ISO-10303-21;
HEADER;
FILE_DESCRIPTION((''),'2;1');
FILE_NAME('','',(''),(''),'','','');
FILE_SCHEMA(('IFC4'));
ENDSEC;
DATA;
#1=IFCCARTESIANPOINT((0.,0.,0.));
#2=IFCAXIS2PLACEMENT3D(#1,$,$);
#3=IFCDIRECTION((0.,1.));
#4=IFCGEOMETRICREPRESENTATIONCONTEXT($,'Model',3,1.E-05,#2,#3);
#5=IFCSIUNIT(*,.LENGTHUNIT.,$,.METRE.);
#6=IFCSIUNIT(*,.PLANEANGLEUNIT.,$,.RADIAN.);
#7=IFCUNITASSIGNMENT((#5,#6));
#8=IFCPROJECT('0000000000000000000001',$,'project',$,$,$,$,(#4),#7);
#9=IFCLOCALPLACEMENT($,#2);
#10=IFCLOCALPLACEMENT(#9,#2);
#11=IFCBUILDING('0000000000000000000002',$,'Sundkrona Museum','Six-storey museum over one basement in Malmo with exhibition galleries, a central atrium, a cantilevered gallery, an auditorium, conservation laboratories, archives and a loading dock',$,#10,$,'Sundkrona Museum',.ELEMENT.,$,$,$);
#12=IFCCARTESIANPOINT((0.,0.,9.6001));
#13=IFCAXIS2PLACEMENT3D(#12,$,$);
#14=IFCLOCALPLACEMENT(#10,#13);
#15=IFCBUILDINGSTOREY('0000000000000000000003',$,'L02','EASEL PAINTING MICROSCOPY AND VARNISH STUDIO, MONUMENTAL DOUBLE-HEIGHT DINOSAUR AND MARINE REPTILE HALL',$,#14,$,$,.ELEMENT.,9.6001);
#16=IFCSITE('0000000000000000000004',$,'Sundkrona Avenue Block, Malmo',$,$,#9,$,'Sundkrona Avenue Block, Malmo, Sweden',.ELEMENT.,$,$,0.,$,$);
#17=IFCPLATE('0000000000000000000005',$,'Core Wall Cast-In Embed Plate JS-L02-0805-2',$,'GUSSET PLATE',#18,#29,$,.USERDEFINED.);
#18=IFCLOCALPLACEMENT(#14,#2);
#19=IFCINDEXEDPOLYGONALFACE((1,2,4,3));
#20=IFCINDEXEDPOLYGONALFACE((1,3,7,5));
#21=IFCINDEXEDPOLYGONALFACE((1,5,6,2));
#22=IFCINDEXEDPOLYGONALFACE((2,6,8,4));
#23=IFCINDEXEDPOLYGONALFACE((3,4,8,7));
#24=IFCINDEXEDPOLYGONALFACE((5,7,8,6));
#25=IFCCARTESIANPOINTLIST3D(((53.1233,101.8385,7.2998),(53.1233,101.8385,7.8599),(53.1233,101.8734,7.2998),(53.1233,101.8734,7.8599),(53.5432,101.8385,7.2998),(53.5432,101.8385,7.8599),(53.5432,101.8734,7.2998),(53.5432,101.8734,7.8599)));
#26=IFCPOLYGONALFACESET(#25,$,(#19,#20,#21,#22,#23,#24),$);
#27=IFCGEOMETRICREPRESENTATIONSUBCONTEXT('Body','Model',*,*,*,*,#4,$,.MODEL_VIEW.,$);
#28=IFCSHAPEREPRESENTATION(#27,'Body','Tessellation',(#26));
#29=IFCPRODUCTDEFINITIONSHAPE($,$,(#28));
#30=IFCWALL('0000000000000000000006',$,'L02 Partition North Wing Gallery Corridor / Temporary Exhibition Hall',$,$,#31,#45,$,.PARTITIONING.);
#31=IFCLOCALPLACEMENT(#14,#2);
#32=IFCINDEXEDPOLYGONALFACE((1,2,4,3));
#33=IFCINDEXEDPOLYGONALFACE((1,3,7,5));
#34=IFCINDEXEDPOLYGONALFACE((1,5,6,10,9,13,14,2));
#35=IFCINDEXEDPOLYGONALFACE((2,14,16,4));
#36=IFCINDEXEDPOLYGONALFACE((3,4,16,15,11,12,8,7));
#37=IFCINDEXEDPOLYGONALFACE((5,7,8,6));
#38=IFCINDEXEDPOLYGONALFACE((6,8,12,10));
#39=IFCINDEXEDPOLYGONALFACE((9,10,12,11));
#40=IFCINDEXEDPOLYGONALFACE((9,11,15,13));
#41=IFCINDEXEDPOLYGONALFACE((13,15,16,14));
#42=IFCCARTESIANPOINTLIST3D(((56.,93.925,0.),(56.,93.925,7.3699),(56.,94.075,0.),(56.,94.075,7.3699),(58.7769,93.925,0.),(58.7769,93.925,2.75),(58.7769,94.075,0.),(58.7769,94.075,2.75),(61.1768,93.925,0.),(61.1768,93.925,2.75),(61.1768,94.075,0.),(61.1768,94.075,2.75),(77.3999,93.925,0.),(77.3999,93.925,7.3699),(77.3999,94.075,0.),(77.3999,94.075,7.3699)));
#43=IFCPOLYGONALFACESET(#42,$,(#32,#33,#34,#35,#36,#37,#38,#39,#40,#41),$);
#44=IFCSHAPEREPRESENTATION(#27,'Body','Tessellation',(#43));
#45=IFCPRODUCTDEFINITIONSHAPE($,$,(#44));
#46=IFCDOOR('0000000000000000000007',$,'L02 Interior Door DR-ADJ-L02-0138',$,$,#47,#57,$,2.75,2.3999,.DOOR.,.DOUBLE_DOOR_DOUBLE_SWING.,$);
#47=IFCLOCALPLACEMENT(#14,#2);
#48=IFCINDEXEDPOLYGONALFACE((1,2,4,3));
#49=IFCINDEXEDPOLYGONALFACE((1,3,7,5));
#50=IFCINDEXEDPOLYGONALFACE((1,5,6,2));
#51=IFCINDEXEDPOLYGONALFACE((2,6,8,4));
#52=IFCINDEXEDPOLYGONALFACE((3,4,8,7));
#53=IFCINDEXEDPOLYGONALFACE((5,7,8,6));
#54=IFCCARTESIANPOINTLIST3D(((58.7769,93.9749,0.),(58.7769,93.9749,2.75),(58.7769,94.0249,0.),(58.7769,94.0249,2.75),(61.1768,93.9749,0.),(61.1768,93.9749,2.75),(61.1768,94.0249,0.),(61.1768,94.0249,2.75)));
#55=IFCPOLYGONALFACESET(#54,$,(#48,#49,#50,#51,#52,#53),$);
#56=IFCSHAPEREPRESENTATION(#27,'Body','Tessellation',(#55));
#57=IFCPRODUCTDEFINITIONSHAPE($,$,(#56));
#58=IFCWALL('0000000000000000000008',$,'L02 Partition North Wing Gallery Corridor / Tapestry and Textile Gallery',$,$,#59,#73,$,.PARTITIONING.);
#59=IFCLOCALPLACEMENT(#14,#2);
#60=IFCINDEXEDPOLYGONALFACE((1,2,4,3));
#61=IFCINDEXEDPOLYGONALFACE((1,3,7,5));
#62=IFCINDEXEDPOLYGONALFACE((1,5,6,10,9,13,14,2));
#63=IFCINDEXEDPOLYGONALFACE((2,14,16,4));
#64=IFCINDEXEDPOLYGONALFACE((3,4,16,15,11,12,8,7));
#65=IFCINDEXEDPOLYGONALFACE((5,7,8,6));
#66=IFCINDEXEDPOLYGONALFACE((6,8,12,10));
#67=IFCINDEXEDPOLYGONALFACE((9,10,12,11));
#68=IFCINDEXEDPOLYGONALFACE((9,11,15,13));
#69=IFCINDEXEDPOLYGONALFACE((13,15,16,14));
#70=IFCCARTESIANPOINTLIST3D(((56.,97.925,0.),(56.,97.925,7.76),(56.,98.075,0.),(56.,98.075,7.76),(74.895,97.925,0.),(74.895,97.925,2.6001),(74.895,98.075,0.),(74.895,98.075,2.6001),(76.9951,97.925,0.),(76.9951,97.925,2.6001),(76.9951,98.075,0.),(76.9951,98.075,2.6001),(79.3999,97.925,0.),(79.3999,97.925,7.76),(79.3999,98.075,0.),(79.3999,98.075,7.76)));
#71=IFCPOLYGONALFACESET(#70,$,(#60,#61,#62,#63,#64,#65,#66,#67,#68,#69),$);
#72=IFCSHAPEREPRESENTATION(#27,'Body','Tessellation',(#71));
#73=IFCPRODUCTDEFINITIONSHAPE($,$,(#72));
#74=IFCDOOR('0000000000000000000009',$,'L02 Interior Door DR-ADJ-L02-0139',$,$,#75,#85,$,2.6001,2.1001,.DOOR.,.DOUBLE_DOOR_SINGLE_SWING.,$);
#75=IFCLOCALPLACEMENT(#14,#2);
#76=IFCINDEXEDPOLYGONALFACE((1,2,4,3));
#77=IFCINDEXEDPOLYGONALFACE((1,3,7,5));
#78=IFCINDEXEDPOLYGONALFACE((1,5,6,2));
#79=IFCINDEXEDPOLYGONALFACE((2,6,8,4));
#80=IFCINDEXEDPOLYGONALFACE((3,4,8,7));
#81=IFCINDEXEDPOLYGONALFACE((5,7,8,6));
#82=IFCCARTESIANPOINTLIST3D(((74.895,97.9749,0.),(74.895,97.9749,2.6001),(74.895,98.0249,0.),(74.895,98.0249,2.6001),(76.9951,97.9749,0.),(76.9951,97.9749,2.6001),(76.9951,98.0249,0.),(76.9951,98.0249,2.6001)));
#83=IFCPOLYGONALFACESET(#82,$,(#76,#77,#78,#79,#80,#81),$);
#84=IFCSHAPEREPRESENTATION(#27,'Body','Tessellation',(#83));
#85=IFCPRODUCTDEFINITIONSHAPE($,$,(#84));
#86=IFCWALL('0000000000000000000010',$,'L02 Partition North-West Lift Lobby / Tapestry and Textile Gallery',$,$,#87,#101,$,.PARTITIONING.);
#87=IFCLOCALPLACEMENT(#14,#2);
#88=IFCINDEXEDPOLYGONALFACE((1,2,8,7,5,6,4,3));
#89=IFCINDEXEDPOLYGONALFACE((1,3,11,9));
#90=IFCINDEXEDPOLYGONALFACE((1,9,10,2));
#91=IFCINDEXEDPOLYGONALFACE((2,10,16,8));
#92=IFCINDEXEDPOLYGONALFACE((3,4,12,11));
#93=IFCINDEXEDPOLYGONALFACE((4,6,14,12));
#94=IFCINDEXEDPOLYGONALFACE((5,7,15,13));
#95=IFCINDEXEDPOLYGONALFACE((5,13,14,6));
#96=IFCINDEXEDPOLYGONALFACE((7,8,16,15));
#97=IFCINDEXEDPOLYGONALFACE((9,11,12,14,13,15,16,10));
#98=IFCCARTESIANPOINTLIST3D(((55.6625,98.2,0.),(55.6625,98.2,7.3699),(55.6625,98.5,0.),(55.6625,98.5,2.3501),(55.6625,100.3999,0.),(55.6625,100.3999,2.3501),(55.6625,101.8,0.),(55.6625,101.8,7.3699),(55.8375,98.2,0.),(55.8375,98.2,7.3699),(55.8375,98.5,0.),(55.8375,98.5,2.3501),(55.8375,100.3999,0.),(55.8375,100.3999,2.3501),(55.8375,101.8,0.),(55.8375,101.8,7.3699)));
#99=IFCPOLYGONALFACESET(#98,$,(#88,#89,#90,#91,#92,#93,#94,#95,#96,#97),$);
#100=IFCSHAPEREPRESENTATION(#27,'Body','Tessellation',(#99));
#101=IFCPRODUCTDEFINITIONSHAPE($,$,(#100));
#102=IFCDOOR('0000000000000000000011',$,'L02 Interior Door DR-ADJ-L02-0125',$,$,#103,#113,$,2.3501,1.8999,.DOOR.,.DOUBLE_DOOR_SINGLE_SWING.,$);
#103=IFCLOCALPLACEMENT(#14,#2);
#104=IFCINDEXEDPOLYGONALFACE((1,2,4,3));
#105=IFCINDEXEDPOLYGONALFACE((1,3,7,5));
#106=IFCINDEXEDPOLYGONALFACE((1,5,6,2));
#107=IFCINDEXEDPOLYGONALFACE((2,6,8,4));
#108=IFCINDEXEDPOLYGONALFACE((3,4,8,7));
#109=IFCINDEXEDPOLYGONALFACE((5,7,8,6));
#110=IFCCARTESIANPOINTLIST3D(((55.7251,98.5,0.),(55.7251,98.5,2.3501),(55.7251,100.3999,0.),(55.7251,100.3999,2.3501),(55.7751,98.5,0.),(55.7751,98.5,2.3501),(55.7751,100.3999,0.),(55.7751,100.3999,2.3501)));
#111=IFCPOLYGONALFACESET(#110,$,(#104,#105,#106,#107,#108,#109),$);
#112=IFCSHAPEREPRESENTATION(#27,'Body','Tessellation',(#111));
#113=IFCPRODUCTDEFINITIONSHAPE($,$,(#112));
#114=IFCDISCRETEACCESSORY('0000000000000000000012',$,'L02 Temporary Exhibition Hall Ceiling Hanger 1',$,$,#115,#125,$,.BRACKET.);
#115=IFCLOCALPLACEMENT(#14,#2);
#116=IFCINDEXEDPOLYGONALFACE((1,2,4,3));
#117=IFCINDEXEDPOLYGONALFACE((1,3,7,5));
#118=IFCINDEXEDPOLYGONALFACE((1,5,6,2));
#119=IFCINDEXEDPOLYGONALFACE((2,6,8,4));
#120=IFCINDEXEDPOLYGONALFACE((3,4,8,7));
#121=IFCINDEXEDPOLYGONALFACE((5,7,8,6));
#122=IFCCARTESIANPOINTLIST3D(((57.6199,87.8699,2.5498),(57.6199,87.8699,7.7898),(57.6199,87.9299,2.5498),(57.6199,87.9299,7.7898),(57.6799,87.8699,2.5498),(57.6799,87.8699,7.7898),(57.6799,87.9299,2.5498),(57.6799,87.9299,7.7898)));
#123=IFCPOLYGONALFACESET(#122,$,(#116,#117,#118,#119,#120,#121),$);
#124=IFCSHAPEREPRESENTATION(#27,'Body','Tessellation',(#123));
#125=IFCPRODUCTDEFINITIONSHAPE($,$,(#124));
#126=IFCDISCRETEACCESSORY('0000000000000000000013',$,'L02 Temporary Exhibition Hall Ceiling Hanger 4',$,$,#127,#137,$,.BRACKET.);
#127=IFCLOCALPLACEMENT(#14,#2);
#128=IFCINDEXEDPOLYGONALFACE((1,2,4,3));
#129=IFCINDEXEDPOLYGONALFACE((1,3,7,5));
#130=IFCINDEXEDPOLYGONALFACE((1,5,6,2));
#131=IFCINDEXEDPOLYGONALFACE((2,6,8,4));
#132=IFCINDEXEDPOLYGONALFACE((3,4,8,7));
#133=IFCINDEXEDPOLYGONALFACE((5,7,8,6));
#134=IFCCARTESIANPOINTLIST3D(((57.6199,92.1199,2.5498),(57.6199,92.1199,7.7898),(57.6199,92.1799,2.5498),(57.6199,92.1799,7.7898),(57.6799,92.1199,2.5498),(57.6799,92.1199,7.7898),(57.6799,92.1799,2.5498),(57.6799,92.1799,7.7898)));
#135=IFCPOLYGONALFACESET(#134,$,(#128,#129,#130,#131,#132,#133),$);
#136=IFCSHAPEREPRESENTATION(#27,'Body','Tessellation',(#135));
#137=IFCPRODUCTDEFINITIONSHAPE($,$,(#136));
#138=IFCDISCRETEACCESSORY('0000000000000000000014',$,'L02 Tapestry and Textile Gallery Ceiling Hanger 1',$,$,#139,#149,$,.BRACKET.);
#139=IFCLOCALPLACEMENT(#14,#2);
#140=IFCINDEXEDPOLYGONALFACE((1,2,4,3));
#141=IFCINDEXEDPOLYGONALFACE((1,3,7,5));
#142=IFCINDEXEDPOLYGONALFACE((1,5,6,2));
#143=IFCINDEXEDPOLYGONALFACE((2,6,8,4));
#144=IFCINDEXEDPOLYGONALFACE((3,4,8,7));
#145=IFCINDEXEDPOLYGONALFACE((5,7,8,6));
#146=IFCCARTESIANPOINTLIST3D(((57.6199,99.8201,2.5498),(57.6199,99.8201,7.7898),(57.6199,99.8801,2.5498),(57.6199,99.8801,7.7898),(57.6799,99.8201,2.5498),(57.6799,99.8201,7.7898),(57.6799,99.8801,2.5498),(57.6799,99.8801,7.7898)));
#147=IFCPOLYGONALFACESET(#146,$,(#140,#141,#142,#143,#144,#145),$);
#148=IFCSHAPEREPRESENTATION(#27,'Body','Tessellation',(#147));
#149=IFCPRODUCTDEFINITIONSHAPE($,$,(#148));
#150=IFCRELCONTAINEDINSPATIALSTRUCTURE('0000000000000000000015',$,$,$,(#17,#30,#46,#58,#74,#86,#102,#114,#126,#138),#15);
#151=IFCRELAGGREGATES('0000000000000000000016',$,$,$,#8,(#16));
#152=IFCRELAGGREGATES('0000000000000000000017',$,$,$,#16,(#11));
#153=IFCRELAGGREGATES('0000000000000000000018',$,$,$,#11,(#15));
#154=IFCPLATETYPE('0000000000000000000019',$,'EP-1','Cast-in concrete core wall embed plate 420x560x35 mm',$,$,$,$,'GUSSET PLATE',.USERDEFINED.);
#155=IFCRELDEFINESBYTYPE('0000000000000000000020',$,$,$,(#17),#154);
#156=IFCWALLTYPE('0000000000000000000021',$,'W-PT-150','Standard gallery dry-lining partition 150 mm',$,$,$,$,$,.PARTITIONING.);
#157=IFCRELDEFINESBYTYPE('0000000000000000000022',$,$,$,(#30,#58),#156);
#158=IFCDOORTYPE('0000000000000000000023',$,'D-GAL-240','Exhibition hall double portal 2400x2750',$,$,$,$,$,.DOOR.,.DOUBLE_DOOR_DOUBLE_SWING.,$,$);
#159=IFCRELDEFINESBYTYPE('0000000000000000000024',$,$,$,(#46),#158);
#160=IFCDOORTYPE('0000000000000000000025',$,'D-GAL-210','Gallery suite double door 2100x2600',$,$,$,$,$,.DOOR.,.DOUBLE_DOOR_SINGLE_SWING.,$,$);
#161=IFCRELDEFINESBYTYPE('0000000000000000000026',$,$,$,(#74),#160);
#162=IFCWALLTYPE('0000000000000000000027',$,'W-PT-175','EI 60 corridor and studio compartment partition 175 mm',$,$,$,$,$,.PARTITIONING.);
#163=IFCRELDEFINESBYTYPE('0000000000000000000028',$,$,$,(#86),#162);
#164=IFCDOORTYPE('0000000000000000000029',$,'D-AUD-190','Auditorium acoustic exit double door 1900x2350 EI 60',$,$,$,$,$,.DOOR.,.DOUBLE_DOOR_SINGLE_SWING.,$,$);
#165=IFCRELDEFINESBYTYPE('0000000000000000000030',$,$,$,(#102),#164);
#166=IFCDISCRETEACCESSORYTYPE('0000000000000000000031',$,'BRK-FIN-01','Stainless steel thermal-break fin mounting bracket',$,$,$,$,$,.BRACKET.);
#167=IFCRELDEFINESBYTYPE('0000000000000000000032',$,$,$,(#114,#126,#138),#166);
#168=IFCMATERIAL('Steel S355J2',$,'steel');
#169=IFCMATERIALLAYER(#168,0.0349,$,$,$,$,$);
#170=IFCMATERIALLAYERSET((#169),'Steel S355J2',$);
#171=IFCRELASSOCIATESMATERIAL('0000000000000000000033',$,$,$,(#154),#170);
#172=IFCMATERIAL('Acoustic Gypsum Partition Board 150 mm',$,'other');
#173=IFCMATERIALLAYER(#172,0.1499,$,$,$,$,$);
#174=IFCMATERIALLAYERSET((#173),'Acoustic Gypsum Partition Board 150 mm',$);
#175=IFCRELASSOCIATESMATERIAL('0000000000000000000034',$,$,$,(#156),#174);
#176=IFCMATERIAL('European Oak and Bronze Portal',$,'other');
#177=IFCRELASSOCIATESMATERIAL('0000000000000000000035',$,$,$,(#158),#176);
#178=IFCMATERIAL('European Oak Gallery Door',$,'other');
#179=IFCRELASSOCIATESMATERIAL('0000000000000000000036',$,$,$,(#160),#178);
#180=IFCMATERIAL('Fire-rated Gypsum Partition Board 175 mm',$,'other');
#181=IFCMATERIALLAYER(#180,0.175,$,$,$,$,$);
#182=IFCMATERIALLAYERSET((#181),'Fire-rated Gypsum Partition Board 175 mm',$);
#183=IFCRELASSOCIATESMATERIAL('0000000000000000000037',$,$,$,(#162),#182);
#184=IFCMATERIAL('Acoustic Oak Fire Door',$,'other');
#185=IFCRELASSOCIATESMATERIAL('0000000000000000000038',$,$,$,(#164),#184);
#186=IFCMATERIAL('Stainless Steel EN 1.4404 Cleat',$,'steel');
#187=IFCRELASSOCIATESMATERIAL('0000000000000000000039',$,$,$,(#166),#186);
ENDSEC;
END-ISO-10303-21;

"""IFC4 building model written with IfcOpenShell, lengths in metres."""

from ifc_helpers import new_model, si_unit, direction, frame, frame_2d, origin, origin_2d, place, context, subcontext, project, spatial, rectangle, extrude, material, layer, layer_set, type_object, element, fill, save


model = new_model("IFC4")

# Units and contexts
model_context = context("Model", 3, precision=1e-05, world=origin(), true_north=direction((0.0, 1.0)))
body_context = subcontext(model_context, "Body", "Model", "MODEL_VIEW")
ifc_project = project(units=[si_unit("LENGTHUNIT", "METRE"), si_unit("PLANEANGLEUNIT", "RADIAN")], contexts=[model_context])

# Site, building, storey
site_placement = place(None, origin())
site = spatial("IfcSite", under=ifc_project, at=site_placement, Name="Sundkrona Avenue Block, Malmo", LongName="Sundkrona Avenue Block, Malmo, Sweden", CompositionType="ELEMENT", RefElevation=0.0)
building_placement = place(site_placement, origin())
building = spatial("IfcBuilding", under=site, at=building_placement, Name="Sundkrona Museum", Description="Six-storey museum over one basement in Malmo with exhibition galleries, a central atrium, a cantilevered gallery, an auditorium, conservation laboratories, archives and a loading dock", LongName="Sundkrona Museum", CompositionType="ELEMENT")
storey_placement = place(building_placement, frame((0.0, 0.0, 9.6001)))
storey = spatial("IfcBuildingStorey", under=building, at=storey_placement, Name="L02", Description="EASEL PAINTING MICROSCOPY AND VARNISH STUDIO, MONUMENTAL DOUBLE-HEIGHT DINOSAUR AND MARINE REPTILE HALL", CompositionType="ELEMENT", Elevation=9.6001)

# Shared definitions
ifc_material_1 = material(Name="Steel S355J2", Category="steel")

# Plate
ifc_layer_1 = layer(ifc_material_1, 0.0349)
ifc_layer_set_1 = layer_set([ifc_layer_1], Name="Steel S355J2")
plate_type = type_object("IfcPlateType", Name="EP-1", Description="Cast-in concrete core wall embed plate 420x560x35 mm", ElementType="GUSSET PLATE", PredefinedType="USERDEFINED", material=ifc_layer_set_1)
plate_placement = place(storey_placement, frame((53.3333, 101.856, 7.2998), z_axis=(0.0, 0.0, 1.0), x_axis=(1.0, 0.0, 0.0)))
element("IfcPlate", 1, at=plate_placement, inside=storey, type_object=plate_type, Name="Core Wall Cast-In Embed Plate JS-L02-0805-2", ObjectType="GUSSET PLATE", PredefinedType="USERDEFINED", context=body_context, shape_type="SweptSolid", body=[
    extrude(rectangle(XDim=0.4199, YDim=0.0349, at=origin_2d()), origin(), (0.0, 0.0, 1.0), 0.5601),
])

# Walls, openings, doors
ifc_material_2 = material(Name="Acoustic Gypsum Partition Board 150 mm", Category="other")
ifc_layer_2 = layer(ifc_material_2, 0.1499)
ifc_layer_set_2 = layer_set([ifc_layer_2], Name="Acoustic Gypsum Partition Board 150 mm")
wall_type_1 = type_object("IfcWallType", Name="W-PT-150", Description="Standard gallery dry-lining partition 150 mm", PredefinedType="PARTITIONING", material=ifc_layer_set_2)
wall_1_placement = place(storey_placement, frame((56.0, 94.0, 0.0), z_axis=(0.0, 0.0, 1.0), x_axis=(1.0, 0.0, 0.0)))
wall_1 = element("IfcWall", 2, at=wall_1_placement, inside=storey, type_object=wall_type_1, Name="L02 Partition North Wing Gallery Corridor / Temporary Exhibition Hall", PredefinedType="PARTITIONING", context=body_context, shape_type="SweptSolid", body=[
    extrude(rectangle(XDim=21.3999, YDim=0.1499, at=frame_2d((10.7, 0.0))), origin(), (0.0, 0.0, 1.0), 7.3699),
])
opening_1_placement = place(wall_1_placement, frame((2.7769, 0.0, 0.0)))
opening_1 = element("IfcOpeningElement", 3, at=opening_1_placement, cuts=wall_1, PredefinedType="OPENING", context=body_context, shape_type="SweptSolid", body=[
    extrude(rectangle(XDim=2.3999, YDim=2.75, at=frame_2d((1.2, 1.375))), frame((0.0, 0.085, 0.0), z_axis=(0.0, -1.0, 0.0), x_axis=(1.0, 0.0, 0.0)), (0.0, 0.0, 1.0), 0.1699),
])
ifc_material_3 = material(Name="European Oak and Bronze Portal", Category="other")
door_type_1 = type_object("IfcDoorType", Name="D-GAL-240", Description="Exhibition hall double portal 2400x2750", OperationType="DOUBLE_DOOR_DOUBLE_SWING", PredefinedType="DOOR", material=ifc_material_3)
door_1_placement = place(opening_1_placement, origin())
door_1 = element("IfcDoor", 4, at=door_1_placement, inside=storey, type_object=door_type_1, Name="L02 Interior Door DR-ADJ-L02-0138", OperationType="DOUBLE_DOOR_DOUBLE_SWING", OverallHeight=2.75, OverallWidth=2.3999, PredefinedType="DOOR", context=body_context, shape_type="SweptSolid", body=[
    extrude(rectangle(XDim=2.3999, YDim=2.75, at=frame_2d((1.2, 1.375))), frame((0.0, 0.0249, 0.0), z_axis=(0.0, -1.0, 0.0), x_axis=(1.0, 0.0, 0.0)), (0.0, 0.0, 1.0), 0.05),
])
fill(opening_1, door_1)
wall_2_placement = place(storey_placement, frame((56.0, 98.0, 0.0), z_axis=(0.0, 0.0, 1.0), x_axis=(1.0, 0.0, 0.0)))
wall_2 = element("IfcWall", 5, at=wall_2_placement, inside=storey, type_object=wall_type_1, Name="L02 Partition North Wing Gallery Corridor / Tapestry and Textile Gallery", PredefinedType="PARTITIONING", context=body_context, shape_type="SweptSolid", body=[
    extrude(rectangle(XDim=23.3999, YDim=0.1499, at=frame_2d((11.7, 0.0))), origin(), (0.0, 0.0, 1.0), 7.76),
])
opening_2_placement = place(wall_2_placement, frame((18.895, 0.0, 0.0)))
opening_2 = element("IfcOpeningElement", 6, at=opening_2_placement, cuts=wall_2, PredefinedType="OPENING", context=body_context, shape_type="SweptSolid", body=[
    extrude(rectangle(XDim=2.1001, YDim=2.6001, at=frame_2d((1.05, 1.3))), frame((0.0, 0.085, 0.0), z_axis=(0.0, -1.0, 0.0), x_axis=(1.0, 0.0, 0.0)), (0.0, 0.0, 1.0), 0.1699),
])
ifc_material_4 = material(Name="European Oak Gallery Door", Category="other")
door_type_2 = type_object("IfcDoorType", Name="D-GAL-210", Description="Gallery suite double door 2100x2600", OperationType="DOUBLE_DOOR_SINGLE_SWING", PredefinedType="DOOR", material=ifc_material_4)
door_2_placement = place(opening_2_placement, origin())
door_2 = element("IfcDoor", 7, at=door_2_placement, inside=storey, type_object=door_type_2, Name="L02 Interior Door DR-ADJ-L02-0139", OperationType="DOUBLE_DOOR_SINGLE_SWING", OverallHeight=2.6001, OverallWidth=2.1001, PredefinedType="DOOR", context=body_context, shape_type="SweptSolid", body=[
    extrude(rectangle(XDim=2.1001, YDim=2.6001, at=frame_2d((1.05, 1.3))), frame((0.0, 0.0249, 0.0), z_axis=(0.0, -1.0, 0.0), x_axis=(1.0, 0.0, 0.0)), (0.0, 0.0, 1.0), 0.05),
])
fill(opening_2, door_2)
ifc_material_5 = material(Name="Fire-rated Gypsum Partition Board 175 mm", Category="other")
ifc_layer_3 = layer(ifc_material_5, 0.175)
ifc_layer_set_3 = layer_set([ifc_layer_3], Name="Fire-rated Gypsum Partition Board 175 mm")
wall_type_2 = type_object("IfcWallType", Name="W-PT-175", Description="EI 60 corridor and studio compartment partition 175 mm", PredefinedType="PARTITIONING", material=ifc_layer_set_3)
wall_3_placement = place(storey_placement, frame((55.75, 98.2, 0.0), z_axis=(0.0, 0.0, 1.0), x_axis=(0.0, 1.0, 0.0)))
wall_3 = element("IfcWall", 8, at=wall_3_placement, inside=storey, type_object=wall_type_2, Name="L02 Partition North-West Lift Lobby / Tapestry and Textile Gallery", PredefinedType="PARTITIONING", context=body_context, shape_type="SweptSolid", body=[
    extrude(rectangle(XDim=3.6001, YDim=0.175, at=frame_2d((1.8, 0.0))), origin(), (0.0, 0.0, 1.0), 7.3699),
])
opening_3_placement = place(wall_3_placement, frame((0.3, 0.0, 0.0)))
opening_3 = element("IfcOpeningElement", 9, at=opening_3_placement, cuts=wall_3, PredefinedType="OPENING", context=body_context, shape_type="SweptSolid", body=[
    extrude(rectangle(XDim=1.8999, YDim=2.3501, at=frame_2d((0.95, 1.175))), frame((0.0, 0.0974, 0.0), z_axis=(0.0, -1.0, 0.0), x_axis=(1.0, 0.0, 0.0)), (0.0, 0.0, 1.0), 0.1951),
])
ifc_material_6 = material(Name="Acoustic Oak Fire Door", Category="other")
door_type_3 = type_object("IfcDoorType", Name="D-AUD-190", Description="Auditorium acoustic exit double door 1900x2350 EI 60", OperationType="DOUBLE_DOOR_SINGLE_SWING", PredefinedType="DOOR", material=ifc_material_6)
door_3_placement = place(opening_3_placement, origin())
door_3 = element("IfcDoor", 10, at=door_3_placement, inside=storey, type_object=door_type_3, Name="L02 Interior Door DR-ADJ-L02-0125", OperationType="DOUBLE_DOOR_SINGLE_SWING", OverallHeight=2.3501, OverallWidth=1.8999, PredefinedType="DOOR", context=body_context, shape_type="SweptSolid", body=[
    extrude(rectangle(XDim=1.8999, YDim=2.3501, at=frame_2d((0.95, 1.175))), frame((0.0, 0.0249, 0.0), z_axis=(0.0, -1.0, 0.0), x_axis=(1.0, 0.0, 0.0)), (0.0, 0.0, 1.0), 0.05),
])
fill(opening_3, door_3)

# Discrete accessories
ifc_material_7 = material(Name="Stainless Steel EN 1.4404 Cleat", Category="steel")
discrete_accessory_type = type_object("IfcDiscreteAccessoryType", Name="BRK-FIN-01", Description="Stainless steel thermal-break fin mounting bracket", PredefinedType="BRACKET", material=ifc_material_7)
for number, where, z_axis, x_axis, name in (
    (11, (57.6499, 87.8999, 2.5498), (0.0, 0.0, 1.0), (1.0, 0.0, 0.0), "L02 Temporary Exhibition Hall Ceiling Hanger 1"),
    (12, (57.6499, 92.1499, 2.5498), (0.0, 0.0, 1.0), (1.0, 0.0, 0.0), "L02 Temporary Exhibition Hall Ceiling Hanger 4"),
    (13, (57.6499, 99.8501, 2.5498), (0.0, 0.0, 1.0), (1.0, 0.0, 0.0), "L02 Tapestry and Textile Gallery Ceiling Hanger 1"),
):
    element("IfcDiscreteAccessory", number, at=place(storey_placement, frame(where, z_axis=z_axis, x_axis=x_axis)), inside=storey, type_object=discrete_accessory_type, Name=name, PredefinedType="BRACKET", context=body_context, shape_type="SweptSolid", body=[
        extrude(rectangle(XDim=0.0601, YDim=0.0601, at=origin_2d()), origin(), (0.0, 0.0, 1.0), 5.24),
    ])

save(model, "model.ifc")
